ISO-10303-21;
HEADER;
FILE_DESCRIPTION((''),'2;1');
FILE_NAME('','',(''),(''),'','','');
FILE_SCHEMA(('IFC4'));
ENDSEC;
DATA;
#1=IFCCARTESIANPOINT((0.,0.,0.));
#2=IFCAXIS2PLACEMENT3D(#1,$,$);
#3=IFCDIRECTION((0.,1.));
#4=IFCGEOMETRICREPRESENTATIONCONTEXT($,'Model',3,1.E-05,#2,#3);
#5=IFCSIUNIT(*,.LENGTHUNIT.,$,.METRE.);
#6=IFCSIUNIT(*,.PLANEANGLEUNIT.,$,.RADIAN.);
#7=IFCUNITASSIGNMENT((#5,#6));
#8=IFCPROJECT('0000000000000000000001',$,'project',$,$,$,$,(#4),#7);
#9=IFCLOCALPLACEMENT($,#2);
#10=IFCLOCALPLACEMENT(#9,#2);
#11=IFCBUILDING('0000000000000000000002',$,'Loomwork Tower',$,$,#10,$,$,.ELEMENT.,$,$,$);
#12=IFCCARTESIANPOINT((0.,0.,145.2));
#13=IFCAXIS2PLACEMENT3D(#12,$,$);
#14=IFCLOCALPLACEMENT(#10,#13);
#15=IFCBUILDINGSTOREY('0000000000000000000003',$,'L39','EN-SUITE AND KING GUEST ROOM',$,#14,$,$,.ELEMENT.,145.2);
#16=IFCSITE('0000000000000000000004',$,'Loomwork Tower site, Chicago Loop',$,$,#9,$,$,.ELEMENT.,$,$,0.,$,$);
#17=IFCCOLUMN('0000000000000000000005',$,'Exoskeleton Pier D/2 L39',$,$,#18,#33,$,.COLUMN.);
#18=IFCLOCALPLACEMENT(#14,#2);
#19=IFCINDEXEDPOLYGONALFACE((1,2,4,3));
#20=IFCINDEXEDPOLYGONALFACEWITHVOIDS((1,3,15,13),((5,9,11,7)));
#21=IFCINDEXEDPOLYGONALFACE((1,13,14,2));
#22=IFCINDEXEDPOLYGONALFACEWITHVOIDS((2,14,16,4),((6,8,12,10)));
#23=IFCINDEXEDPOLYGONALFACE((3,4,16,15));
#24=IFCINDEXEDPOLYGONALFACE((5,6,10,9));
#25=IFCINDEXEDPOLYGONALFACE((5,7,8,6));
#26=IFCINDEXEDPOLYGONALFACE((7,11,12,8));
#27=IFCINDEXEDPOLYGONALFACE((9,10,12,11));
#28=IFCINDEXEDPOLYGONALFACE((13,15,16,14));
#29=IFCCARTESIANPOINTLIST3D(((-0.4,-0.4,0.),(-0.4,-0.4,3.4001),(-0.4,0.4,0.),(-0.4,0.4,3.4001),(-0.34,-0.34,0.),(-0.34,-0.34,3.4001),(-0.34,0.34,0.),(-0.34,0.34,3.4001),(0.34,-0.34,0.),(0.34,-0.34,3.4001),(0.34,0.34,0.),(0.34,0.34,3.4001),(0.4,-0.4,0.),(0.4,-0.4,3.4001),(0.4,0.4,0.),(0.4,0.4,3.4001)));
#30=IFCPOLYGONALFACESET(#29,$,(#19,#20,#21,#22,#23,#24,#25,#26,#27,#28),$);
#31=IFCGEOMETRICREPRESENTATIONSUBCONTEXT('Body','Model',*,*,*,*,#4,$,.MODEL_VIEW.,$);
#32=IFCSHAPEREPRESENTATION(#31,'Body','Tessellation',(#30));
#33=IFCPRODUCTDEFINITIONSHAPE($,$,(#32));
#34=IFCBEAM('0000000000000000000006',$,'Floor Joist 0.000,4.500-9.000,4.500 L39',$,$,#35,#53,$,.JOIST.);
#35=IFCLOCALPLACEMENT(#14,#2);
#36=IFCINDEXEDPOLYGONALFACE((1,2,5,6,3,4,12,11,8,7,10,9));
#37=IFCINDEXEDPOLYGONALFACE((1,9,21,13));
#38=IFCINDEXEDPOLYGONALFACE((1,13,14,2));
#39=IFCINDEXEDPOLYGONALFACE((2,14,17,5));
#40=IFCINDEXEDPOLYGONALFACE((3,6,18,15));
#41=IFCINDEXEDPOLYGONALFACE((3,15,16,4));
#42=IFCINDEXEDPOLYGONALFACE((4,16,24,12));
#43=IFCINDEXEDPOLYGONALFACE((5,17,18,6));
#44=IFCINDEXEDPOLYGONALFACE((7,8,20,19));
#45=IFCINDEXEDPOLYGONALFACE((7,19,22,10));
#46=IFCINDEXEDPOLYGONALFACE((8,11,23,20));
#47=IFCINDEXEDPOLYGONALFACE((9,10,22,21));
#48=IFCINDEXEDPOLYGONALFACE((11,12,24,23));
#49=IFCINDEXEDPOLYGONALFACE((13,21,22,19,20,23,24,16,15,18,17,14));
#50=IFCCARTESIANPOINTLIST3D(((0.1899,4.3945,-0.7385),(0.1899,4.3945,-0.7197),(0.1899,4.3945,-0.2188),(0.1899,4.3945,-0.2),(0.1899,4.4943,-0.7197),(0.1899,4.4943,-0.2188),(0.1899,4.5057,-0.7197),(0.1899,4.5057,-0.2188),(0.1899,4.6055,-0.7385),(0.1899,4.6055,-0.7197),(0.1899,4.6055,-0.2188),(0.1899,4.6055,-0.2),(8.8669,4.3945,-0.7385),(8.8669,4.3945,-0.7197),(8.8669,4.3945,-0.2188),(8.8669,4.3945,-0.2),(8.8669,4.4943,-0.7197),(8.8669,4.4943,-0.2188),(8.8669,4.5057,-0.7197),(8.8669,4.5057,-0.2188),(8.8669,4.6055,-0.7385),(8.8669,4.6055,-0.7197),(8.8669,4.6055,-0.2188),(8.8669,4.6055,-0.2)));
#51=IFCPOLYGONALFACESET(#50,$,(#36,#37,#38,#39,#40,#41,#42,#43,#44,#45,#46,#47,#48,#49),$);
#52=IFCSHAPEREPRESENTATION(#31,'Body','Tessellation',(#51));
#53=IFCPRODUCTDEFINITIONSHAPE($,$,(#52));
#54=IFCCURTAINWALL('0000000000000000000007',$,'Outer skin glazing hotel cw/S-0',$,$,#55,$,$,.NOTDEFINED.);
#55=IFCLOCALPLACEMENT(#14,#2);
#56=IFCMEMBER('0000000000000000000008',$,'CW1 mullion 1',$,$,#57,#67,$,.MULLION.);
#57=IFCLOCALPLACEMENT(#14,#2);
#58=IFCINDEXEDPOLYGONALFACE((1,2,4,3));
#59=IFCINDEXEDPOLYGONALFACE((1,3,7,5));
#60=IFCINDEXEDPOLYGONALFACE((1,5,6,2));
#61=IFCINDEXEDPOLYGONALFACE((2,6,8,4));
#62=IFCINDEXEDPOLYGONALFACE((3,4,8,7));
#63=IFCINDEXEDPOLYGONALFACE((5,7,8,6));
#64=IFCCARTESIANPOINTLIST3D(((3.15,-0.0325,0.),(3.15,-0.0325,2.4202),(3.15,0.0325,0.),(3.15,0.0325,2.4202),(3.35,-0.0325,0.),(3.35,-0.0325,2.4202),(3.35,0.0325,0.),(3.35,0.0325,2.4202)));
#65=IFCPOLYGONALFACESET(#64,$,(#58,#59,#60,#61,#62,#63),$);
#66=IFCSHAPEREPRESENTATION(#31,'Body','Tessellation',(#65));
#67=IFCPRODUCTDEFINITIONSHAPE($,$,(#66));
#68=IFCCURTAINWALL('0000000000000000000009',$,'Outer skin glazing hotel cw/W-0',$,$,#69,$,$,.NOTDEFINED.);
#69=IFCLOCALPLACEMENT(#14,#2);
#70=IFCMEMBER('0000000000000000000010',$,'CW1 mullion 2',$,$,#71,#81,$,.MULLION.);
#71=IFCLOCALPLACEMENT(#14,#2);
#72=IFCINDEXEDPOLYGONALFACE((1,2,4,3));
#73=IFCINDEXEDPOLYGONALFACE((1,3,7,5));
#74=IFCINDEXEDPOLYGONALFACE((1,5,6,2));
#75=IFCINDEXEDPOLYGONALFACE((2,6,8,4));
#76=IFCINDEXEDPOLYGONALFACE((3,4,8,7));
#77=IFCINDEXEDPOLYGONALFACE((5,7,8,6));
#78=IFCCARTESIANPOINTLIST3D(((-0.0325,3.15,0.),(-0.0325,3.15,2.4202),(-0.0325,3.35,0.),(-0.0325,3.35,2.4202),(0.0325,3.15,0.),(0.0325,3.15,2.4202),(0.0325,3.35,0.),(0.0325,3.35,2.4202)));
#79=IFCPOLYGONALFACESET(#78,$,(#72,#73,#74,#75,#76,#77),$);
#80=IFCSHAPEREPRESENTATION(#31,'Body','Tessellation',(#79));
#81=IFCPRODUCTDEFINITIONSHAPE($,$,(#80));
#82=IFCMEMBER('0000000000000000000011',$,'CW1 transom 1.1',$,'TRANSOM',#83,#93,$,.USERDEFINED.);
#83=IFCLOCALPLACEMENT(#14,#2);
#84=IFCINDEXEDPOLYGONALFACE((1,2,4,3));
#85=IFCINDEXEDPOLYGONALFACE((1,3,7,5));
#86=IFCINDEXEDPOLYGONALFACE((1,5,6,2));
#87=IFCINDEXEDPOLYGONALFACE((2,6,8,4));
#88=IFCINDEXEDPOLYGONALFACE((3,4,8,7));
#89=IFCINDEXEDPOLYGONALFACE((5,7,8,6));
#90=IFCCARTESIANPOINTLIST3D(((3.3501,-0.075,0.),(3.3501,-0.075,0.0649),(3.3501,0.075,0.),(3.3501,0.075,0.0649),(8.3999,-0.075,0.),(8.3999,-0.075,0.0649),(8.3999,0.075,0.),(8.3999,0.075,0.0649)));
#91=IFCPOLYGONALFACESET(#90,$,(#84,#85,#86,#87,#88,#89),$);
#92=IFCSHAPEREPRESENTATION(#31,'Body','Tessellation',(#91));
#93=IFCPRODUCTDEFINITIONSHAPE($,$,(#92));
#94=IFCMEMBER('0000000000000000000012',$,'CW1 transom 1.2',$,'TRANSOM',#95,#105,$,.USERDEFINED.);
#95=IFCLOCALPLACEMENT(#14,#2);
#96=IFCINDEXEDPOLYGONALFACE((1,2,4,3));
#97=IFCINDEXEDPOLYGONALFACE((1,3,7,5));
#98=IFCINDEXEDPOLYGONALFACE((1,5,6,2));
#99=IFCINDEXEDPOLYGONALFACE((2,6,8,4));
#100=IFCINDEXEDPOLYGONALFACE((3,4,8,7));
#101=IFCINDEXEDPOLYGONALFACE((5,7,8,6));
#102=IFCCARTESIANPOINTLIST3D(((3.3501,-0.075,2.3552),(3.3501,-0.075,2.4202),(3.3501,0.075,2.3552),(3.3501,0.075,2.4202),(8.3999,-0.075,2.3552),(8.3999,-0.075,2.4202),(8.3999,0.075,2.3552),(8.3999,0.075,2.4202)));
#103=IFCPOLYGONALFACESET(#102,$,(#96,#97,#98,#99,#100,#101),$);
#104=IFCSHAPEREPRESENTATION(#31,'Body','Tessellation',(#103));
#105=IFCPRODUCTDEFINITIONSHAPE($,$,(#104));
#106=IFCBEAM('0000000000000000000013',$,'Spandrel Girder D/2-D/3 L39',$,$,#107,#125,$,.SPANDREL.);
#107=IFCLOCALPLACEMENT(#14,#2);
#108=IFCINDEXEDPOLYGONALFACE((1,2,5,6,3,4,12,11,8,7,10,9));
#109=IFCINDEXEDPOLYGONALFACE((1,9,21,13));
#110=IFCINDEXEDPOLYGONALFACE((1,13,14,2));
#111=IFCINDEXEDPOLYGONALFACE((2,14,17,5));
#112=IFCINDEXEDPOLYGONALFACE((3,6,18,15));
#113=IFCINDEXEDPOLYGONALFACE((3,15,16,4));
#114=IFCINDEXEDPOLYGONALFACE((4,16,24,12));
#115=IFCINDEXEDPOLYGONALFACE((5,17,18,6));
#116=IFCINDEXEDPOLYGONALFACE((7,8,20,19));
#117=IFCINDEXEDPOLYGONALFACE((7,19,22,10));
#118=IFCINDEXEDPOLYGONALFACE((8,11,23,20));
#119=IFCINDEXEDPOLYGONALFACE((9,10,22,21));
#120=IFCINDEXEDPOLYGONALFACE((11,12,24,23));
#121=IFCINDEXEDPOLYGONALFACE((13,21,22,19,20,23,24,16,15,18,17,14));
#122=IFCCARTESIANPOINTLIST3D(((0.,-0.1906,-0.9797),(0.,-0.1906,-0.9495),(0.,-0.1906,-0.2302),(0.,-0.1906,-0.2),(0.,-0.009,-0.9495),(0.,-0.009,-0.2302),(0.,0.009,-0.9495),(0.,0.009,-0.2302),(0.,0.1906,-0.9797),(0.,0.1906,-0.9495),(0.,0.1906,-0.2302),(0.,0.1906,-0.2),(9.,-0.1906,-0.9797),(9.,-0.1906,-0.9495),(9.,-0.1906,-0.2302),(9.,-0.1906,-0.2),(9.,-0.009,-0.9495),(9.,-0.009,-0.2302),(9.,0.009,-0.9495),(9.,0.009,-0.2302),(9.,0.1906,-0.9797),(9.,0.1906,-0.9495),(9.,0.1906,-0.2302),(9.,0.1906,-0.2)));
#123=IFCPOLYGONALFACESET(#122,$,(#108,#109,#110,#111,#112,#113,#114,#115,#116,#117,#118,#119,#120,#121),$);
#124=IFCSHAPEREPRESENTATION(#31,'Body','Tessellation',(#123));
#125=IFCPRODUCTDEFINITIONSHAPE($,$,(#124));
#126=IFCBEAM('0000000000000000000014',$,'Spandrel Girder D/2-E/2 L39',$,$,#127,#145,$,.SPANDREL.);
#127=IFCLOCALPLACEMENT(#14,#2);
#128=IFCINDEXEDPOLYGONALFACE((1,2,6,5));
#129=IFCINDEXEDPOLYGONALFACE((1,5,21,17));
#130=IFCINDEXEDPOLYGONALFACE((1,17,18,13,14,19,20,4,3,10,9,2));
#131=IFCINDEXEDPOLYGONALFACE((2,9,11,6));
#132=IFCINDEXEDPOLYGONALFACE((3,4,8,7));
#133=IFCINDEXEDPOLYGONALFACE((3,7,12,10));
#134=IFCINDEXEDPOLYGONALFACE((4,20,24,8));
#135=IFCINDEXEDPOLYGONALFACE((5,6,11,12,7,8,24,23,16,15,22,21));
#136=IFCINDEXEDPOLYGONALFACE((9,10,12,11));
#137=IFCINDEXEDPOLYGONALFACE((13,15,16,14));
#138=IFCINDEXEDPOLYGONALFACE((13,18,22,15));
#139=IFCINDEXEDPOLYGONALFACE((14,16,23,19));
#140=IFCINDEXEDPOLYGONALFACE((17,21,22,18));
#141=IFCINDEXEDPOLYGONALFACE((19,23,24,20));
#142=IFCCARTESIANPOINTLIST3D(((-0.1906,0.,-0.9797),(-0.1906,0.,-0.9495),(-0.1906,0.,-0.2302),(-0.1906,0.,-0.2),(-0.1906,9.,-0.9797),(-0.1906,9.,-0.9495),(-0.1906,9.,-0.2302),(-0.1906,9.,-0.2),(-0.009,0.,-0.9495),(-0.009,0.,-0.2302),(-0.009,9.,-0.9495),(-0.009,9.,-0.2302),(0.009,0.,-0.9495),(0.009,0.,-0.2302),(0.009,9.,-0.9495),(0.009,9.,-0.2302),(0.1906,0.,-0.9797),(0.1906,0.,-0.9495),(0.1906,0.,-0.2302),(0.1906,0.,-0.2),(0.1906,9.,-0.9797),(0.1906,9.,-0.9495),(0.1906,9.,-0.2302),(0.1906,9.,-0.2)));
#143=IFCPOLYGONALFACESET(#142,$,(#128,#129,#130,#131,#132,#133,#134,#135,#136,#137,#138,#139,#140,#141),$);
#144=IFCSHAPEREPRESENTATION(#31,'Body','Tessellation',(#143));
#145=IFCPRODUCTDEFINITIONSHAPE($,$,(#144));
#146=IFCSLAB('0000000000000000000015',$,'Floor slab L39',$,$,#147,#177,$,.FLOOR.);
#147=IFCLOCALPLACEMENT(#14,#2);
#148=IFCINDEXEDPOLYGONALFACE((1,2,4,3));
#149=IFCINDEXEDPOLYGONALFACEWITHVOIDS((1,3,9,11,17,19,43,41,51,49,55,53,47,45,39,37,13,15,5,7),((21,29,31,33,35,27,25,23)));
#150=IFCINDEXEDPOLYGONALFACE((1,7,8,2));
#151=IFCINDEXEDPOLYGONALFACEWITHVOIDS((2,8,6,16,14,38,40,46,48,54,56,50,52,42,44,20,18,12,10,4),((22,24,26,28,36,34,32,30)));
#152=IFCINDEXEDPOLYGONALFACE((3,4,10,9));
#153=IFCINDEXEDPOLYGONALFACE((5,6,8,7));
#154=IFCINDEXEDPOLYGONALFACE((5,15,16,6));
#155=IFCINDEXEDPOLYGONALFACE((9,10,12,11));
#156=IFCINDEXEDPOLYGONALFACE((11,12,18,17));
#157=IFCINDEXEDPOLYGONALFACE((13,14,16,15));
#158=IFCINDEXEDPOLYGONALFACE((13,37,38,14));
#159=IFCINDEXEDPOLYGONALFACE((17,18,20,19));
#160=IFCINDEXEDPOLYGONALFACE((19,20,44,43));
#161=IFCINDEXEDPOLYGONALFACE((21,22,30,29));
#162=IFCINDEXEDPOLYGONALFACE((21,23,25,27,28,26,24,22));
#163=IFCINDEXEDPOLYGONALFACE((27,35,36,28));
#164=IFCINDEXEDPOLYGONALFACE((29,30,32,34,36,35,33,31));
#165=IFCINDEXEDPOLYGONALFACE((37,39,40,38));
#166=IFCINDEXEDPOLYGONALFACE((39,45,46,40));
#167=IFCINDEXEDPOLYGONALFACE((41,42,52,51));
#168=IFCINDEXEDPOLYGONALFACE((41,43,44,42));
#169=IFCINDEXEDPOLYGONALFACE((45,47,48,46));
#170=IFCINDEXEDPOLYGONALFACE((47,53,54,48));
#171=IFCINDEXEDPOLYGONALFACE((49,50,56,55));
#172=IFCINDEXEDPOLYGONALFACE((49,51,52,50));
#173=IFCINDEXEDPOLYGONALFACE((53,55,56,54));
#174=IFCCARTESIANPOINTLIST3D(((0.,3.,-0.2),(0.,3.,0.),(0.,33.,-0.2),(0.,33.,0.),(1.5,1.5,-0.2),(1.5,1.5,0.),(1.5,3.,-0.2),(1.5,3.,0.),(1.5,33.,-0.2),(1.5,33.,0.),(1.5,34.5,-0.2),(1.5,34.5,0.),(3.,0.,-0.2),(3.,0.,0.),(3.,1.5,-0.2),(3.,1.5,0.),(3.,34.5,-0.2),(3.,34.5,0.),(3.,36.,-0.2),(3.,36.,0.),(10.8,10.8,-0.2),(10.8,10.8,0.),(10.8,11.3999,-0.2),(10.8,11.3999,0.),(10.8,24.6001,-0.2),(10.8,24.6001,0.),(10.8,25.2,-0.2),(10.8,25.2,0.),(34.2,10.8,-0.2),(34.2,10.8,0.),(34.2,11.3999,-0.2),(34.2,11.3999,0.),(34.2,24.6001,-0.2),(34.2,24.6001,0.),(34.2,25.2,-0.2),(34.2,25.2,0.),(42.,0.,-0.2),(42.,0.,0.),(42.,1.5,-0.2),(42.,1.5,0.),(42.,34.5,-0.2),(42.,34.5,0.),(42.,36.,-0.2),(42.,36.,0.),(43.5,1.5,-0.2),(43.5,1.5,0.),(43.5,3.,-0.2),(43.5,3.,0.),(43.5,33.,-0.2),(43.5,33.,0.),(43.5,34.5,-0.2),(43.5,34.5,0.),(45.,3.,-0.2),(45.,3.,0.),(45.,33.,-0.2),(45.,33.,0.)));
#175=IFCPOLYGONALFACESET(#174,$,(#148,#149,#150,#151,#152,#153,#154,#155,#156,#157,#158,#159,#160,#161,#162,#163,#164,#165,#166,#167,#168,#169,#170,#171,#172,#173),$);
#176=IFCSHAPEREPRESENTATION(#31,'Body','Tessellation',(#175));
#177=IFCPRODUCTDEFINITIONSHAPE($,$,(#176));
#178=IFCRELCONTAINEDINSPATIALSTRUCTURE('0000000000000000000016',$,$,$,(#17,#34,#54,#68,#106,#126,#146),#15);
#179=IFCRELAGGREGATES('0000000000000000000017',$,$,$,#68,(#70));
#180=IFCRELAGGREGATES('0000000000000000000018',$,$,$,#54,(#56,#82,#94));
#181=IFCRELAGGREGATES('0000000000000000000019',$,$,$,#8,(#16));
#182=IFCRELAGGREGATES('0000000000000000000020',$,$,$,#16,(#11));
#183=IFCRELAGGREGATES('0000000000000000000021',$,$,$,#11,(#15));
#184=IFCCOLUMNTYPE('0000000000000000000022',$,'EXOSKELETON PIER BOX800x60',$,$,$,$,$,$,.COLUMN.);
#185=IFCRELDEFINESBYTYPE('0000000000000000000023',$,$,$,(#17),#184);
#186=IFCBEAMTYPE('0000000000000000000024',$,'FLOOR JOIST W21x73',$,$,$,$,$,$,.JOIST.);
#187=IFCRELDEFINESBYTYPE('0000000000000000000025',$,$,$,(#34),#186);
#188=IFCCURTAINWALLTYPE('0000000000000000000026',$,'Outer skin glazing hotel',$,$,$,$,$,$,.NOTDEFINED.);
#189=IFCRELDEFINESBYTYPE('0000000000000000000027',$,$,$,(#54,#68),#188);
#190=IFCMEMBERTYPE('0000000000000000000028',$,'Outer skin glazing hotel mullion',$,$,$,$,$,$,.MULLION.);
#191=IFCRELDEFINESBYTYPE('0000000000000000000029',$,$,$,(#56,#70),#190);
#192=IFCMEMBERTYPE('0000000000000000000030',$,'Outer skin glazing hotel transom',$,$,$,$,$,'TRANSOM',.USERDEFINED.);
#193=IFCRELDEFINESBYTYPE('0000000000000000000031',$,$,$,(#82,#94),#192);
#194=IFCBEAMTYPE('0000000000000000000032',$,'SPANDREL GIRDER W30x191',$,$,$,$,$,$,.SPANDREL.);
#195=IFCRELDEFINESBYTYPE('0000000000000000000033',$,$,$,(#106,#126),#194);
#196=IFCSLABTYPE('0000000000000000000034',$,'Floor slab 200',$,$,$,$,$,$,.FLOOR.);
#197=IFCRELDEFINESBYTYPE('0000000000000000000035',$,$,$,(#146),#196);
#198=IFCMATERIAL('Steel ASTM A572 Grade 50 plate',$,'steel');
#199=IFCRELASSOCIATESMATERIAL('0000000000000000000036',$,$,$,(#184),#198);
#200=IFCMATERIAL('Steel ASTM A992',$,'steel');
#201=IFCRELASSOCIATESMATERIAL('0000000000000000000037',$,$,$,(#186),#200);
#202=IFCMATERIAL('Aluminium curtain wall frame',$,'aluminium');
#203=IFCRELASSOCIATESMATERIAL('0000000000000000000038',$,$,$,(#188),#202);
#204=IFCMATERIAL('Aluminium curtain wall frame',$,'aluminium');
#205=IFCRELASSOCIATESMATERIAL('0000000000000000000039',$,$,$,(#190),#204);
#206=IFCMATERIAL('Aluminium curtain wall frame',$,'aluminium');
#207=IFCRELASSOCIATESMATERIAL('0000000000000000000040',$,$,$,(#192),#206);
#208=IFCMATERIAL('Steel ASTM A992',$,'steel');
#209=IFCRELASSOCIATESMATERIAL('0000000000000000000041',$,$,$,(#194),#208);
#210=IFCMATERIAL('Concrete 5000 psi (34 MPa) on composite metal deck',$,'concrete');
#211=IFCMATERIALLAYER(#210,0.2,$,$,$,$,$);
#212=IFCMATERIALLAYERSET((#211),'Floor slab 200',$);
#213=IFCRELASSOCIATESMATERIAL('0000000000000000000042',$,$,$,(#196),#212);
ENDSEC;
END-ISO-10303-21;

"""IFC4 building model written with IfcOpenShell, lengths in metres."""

from ifc_helpers import new_model, si_unit, direction, frame, origin, origin_with_axes, origin_2d, place, context, subcontext, project, spatial, polyline, rectangle, hollow_rectangle, i_section, outline, extrude, material, layer, layer_set, material_profile, profile_set, type_object, element, aggregate, save


model = new_model("IFC4")

# Units and contexts
model_context = context("Model", 3, precision=1e-05, world=origin(), true_north=direction((0.0, 1.0)))
body_context = subcontext(model_context, "Body", "Model", "MODEL_VIEW")
ifc_project = project(units=[si_unit("LENGTHUNIT", "METRE"), si_unit("PLANEANGLEUNIT", "RADIAN")], contexts=[model_context])

# Site, building, storey
site_placement = place(None, origin())
site = spatial("IfcSite", under=ifc_project, at=site_placement, Name="Loomwork Tower site, Chicago Loop", CompositionType="ELEMENT", RefElevation=0.0)
building_placement = place(site_placement, origin())
building = spatial("IfcBuilding", under=site, at=building_placement, Name="Loomwork Tower", CompositionType="ELEMENT")
storey_placement = place(building_placement, frame((0.0, 0.0, 145.2)))
storey = spatial("IfcBuildingStorey", under=building, at=storey_placement, Name="L39", Description="EN-SUITE AND KING GUEST ROOM", CompositionType="ELEMENT", Elevation=145.2)

# Column
ifc_material_1 = material(Name="Steel ASTM A572 Grade 50 plate", Category="steel")
ifc_material_profile_1 = material_profile(ifc_material_1, hollow_rectangle(XDim=0.8, YDim=0.8, WallThickness=0.0601, at=origin_2d()), Name="BOX800x60")
ifc_profile_set_1 = profile_set([ifc_material_profile_1], Name="Steel ASTM A572 Grade 50 plate")
column_type = type_object("IfcColumnType", Name="EXOSKELETON PIER BOX800x60", PredefinedType="COLUMN", material=ifc_profile_set_1)
column_placement = place(storey_placement, origin_with_axes())
element("IfcColumn", 1, at=column_placement, inside=storey, type_object=column_type, Name="Exoskeleton Pier D/2 L39", PredefinedType="COLUMN", context=body_context, shape_type="SweptSolid", body=[
    extrude(hollow_rectangle(XDim=0.8, YDim=0.8, WallThickness=0.0601, at=origin_2d()), origin(), (0.0, 0.0, 1.0), 3.4001),
])

# Beam
ifc_material_2 = material(Name="Steel ASTM A992", Category="steel")
ifc_material_profile_2 = material_profile(ifc_material_2, i_section(OverallWidth=0.2109, OverallDepth=0.5386, WebThickness=0.0115, FlangeThickness=0.0188, at=origin_2d()), Name="W21x73")
ifc_profile_set_2 = profile_set([ifc_material_profile_2], Name="Steel ASTM A992")
beam_type_1 = type_object("IfcBeamType", Name="FLOOR JOIST W21x73", PredefinedType="JOIST", material=ifc_profile_set_2)
beam_placement = place(storey_placement, frame((0.1899, 4.5, -0.4692), z_axis=(1.0, 0.0, 0.0), x_axis=(0.0, 1.0, 0.0)))
element("IfcBeam", 2, at=beam_placement, inside=storey, type_object=beam_type_1, Name="Floor Joist 0.000,4.500-9.000,4.500 L39", PredefinedType="JOIST", context=body_context, shape_type="SweptSolid", body=[
    extrude(i_section(OverallWidth=0.2109, OverallDepth=0.5386, WebThickness=0.0115, FlangeThickness=0.0188, at=origin_2d()), origin(), (0.0, 0.0, 1.0), 8.677),
])

# Curtain walls, members
ifc_material_3 = material(Name="Aluminium curtain wall frame", Category="aluminium")
curtain_wall_type = type_object("IfcCurtainWallType", Name="Outer skin glazing hotel", PredefinedType="NOTDEFINED", material=ifc_material_3)
curtain_wall_1_placement = place(storey_placement, origin())
curtain_wall_1 = element("IfcCurtainWall", 3, at=curtain_wall_1_placement, inside=storey, type_object=curtain_wall_type, Name="Outer skin glazing hotel cw/S-0", PredefinedType="NOTDEFINED")
ifc_material_4 = material(Name="Aluminium curtain wall frame", Category="aluminium")
ifc_material_profile_3 = material_profile(ifc_material_4, rectangle(XDim=0.0649, YDim=0.2, at=origin_2d()), Name="AL 65x200")
ifc_profile_set_3 = profile_set([ifc_material_profile_3], Name="Aluminium curtain wall frame")
member_type_1 = type_object("IfcMemberType", Name="Outer skin glazing hotel mullion", PredefinedType="MULLION", material=ifc_profile_set_3)
member_1_placement = place(storey_placement, frame((3.25, 0.0, 0.0), z_axis=(0.0, 0.0, 1.0), x_axis=(0.0, 1.0, 0.0)))
member_1 = element("IfcMember", 4, at=member_1_placement, type_object=member_type_1, Name="CW1 mullion 1", PredefinedType="MULLION", context=body_context, shape_type="SweptSolid", body=[
    extrude(rectangle(XDim=0.0649, YDim=0.2, at=origin_2d()), origin(), (0.0, 0.0, 1.0), 2.4202),
])
curtain_wall_2_placement = place(storey_placement, origin())
curtain_wall_2 = element("IfcCurtainWall", 5, at=curtain_wall_2_placement, inside=storey, type_object=curtain_wall_type, Name="Outer skin glazing hotel cw/W-0", PredefinedType="NOTDEFINED")
member_2_placement = place(storey_placement, frame((0.0, 3.25, 0.0), z_axis=(0.0, 0.0, 1.0), x_axis=(1.0, 0.0, 0.0)))
member_2 = element("IfcMember", 6, at=member_2_placement, type_object=member_type_1, Name="CW1 mullion 2", PredefinedType="MULLION", context=body_context, shape_type="SweptSolid", body=[
    extrude(rectangle(XDim=0.0649, YDim=0.2, at=origin_2d()), origin(), (0.0, 0.0, 1.0), 2.4202),
])
aggregate(curtain_wall_2, [member_2])

# Members
ifc_material_5 = material(Name="Aluminium curtain wall frame", Category="aluminium")
ifc_material_profile_4 = material_profile(ifc_material_5, rectangle(XDim=0.1499, YDim=0.0649, at=origin_2d()), Name="AL 65x150")
ifc_profile_set_4 = profile_set([ifc_material_profile_4], Name="Aluminium curtain wall frame")
member_type_2 = type_object("IfcMemberType", Name="Outer skin glazing hotel transom", ElementType="TRANSOM", PredefinedType="USERDEFINED", material=ifc_profile_set_4)
member_3_placement = place(storey_placement, frame((3.3501, 0.0, 0.0325), z_axis=(1.0, 0.0, 0.0), x_axis=(0.0, 1.0, 0.0)))
member_3 = element("IfcMember", 7, at=member_3_placement, type_object=member_type_2, Name="CW1 transom 1.1", ObjectType="TRANSOM", PredefinedType="USERDEFINED", context=body_context, shape_type="SweptSolid", body=[
    extrude(rectangle(XDim=0.1499, YDim=0.0649, at=origin_2d()), origin(), (0.0, 0.0, 1.0), 5.0498),
])
member_4_placement = place(storey_placement, frame((3.3501, 0.0, 2.3877), z_axis=(1.0, 0.0, 0.0), x_axis=(0.0, 1.0, 0.0)))
member_4 = element("IfcMember", 8, at=member_4_placement, type_object=member_type_2, Name="CW1 transom 1.2", ObjectType="TRANSOM", PredefinedType="USERDEFINED", context=body_context, shape_type="SweptSolid", body=[
    extrude(rectangle(XDim=0.1499, YDim=0.0649, at=origin_2d()), origin(), (0.0, 0.0, 1.0), 5.0498),
])

# Beams
ifc_material_6 = material(Name="Steel ASTM A992", Category="steel")
ifc_material_profile_5 = material_profile(ifc_material_6, i_section(OverallWidth=0.3811, OverallDepth=0.7798, WebThickness=0.0181, FlangeThickness=0.0303, at=origin_2d()), Name="W30x191")
ifc_profile_set_5 = profile_set([ifc_material_profile_5], Name="Steel ASTM A992")
beam_type_2 = type_object("IfcBeamType", Name="SPANDREL GIRDER W30x191", PredefinedType="SPANDREL", material=ifc_profile_set_5)
for number, where, z_axis, x_axis, name in (
    (9, (0.0, 0.0, -0.5898), (1.0, 0.0, 0.0), (0.0, 1.0, 0.0), "Spandrel Girder D/2-D/3 L39"),
    (10, (0.0, 0.0, -0.5898), (0.0, 1.0, 0.0), (-1.0, 0.0, 0.0), "Spandrel Girder D/2-E/2 L39"),
):
    element("IfcBeam", number, at=place(storey_placement, frame(where, z_axis=z_axis, x_axis=x_axis)), inside=storey, type_object=beam_type_2, Name=name, PredefinedType="SPANDREL", context=body_context, shape_type="SweptSolid", body=[
        extrude(i_section(OverallWidth=0.3811, OverallDepth=0.7798, WebThickness=0.0181, FlangeThickness=0.0303, at=origin_2d()), origin(), (0.0, 0.0, 1.0), 9.0),
    ])

# Slab
ifc_material_7 = material(Name="Concrete 5000 psi (34 MPa) on composite metal deck", Category="concrete")
ifc_layer_1 = layer(ifc_material_7, 0.2)
ifc_layer_set_1 = layer_set([ifc_layer_1], Name="Floor slab 200")
slab_type_1 = type_object("IfcSlabType", Name="Floor slab 200", PredefinedType="FLOOR", material=ifc_layer_set_1)
slab_1_placement = place(storey_placement, frame((0.0, 0.0, -0.2)))
element("IfcSlab", 11, at=slab_1_placement, inside=storey, type_object=slab_type_1, Name="Floor slab L39", PredefinedType="FLOOR", context=body_context, shape_type="SweptSolid", body=[
    extrude(outline(polyline([(3.0, 1.5), (1.5, 1.5), (1.5, 3.0), (0.0, 3.0), (0.0, 33.0), (1.5, 33.0), (1.5, 34.5), (3.0, 34.5), (3.0, 36.0), (42.0, 36.0), (42.0, 34.5), (43.5, 34.5), (43.5, 33.0), (45.0, 33.0), (45.0, 3.0), (43.5, 3.0), (43.5, 1.5), (42.0, 1.5), (42.0, 0.0), (3.0, 0.0), (3.0, 1.5)]), holes=[polyline([(10.8, 11.3999), (10.8, 11.3999), (10.8, 10.8), (34.2, 10.8), (34.2, 11.3999), (34.2, 11.3999), (34.2, 24.6001), (34.2, 25.2), (10.8, 25.2), (10.8, 24.6001), (10.8, 11.3999)])]), origin(), (0.0, 0.0, 1.0), 0.2),
])

aggregate(curtain_wall_1, [member_1, member_3, member_4])

save(model, "model.ifc")
